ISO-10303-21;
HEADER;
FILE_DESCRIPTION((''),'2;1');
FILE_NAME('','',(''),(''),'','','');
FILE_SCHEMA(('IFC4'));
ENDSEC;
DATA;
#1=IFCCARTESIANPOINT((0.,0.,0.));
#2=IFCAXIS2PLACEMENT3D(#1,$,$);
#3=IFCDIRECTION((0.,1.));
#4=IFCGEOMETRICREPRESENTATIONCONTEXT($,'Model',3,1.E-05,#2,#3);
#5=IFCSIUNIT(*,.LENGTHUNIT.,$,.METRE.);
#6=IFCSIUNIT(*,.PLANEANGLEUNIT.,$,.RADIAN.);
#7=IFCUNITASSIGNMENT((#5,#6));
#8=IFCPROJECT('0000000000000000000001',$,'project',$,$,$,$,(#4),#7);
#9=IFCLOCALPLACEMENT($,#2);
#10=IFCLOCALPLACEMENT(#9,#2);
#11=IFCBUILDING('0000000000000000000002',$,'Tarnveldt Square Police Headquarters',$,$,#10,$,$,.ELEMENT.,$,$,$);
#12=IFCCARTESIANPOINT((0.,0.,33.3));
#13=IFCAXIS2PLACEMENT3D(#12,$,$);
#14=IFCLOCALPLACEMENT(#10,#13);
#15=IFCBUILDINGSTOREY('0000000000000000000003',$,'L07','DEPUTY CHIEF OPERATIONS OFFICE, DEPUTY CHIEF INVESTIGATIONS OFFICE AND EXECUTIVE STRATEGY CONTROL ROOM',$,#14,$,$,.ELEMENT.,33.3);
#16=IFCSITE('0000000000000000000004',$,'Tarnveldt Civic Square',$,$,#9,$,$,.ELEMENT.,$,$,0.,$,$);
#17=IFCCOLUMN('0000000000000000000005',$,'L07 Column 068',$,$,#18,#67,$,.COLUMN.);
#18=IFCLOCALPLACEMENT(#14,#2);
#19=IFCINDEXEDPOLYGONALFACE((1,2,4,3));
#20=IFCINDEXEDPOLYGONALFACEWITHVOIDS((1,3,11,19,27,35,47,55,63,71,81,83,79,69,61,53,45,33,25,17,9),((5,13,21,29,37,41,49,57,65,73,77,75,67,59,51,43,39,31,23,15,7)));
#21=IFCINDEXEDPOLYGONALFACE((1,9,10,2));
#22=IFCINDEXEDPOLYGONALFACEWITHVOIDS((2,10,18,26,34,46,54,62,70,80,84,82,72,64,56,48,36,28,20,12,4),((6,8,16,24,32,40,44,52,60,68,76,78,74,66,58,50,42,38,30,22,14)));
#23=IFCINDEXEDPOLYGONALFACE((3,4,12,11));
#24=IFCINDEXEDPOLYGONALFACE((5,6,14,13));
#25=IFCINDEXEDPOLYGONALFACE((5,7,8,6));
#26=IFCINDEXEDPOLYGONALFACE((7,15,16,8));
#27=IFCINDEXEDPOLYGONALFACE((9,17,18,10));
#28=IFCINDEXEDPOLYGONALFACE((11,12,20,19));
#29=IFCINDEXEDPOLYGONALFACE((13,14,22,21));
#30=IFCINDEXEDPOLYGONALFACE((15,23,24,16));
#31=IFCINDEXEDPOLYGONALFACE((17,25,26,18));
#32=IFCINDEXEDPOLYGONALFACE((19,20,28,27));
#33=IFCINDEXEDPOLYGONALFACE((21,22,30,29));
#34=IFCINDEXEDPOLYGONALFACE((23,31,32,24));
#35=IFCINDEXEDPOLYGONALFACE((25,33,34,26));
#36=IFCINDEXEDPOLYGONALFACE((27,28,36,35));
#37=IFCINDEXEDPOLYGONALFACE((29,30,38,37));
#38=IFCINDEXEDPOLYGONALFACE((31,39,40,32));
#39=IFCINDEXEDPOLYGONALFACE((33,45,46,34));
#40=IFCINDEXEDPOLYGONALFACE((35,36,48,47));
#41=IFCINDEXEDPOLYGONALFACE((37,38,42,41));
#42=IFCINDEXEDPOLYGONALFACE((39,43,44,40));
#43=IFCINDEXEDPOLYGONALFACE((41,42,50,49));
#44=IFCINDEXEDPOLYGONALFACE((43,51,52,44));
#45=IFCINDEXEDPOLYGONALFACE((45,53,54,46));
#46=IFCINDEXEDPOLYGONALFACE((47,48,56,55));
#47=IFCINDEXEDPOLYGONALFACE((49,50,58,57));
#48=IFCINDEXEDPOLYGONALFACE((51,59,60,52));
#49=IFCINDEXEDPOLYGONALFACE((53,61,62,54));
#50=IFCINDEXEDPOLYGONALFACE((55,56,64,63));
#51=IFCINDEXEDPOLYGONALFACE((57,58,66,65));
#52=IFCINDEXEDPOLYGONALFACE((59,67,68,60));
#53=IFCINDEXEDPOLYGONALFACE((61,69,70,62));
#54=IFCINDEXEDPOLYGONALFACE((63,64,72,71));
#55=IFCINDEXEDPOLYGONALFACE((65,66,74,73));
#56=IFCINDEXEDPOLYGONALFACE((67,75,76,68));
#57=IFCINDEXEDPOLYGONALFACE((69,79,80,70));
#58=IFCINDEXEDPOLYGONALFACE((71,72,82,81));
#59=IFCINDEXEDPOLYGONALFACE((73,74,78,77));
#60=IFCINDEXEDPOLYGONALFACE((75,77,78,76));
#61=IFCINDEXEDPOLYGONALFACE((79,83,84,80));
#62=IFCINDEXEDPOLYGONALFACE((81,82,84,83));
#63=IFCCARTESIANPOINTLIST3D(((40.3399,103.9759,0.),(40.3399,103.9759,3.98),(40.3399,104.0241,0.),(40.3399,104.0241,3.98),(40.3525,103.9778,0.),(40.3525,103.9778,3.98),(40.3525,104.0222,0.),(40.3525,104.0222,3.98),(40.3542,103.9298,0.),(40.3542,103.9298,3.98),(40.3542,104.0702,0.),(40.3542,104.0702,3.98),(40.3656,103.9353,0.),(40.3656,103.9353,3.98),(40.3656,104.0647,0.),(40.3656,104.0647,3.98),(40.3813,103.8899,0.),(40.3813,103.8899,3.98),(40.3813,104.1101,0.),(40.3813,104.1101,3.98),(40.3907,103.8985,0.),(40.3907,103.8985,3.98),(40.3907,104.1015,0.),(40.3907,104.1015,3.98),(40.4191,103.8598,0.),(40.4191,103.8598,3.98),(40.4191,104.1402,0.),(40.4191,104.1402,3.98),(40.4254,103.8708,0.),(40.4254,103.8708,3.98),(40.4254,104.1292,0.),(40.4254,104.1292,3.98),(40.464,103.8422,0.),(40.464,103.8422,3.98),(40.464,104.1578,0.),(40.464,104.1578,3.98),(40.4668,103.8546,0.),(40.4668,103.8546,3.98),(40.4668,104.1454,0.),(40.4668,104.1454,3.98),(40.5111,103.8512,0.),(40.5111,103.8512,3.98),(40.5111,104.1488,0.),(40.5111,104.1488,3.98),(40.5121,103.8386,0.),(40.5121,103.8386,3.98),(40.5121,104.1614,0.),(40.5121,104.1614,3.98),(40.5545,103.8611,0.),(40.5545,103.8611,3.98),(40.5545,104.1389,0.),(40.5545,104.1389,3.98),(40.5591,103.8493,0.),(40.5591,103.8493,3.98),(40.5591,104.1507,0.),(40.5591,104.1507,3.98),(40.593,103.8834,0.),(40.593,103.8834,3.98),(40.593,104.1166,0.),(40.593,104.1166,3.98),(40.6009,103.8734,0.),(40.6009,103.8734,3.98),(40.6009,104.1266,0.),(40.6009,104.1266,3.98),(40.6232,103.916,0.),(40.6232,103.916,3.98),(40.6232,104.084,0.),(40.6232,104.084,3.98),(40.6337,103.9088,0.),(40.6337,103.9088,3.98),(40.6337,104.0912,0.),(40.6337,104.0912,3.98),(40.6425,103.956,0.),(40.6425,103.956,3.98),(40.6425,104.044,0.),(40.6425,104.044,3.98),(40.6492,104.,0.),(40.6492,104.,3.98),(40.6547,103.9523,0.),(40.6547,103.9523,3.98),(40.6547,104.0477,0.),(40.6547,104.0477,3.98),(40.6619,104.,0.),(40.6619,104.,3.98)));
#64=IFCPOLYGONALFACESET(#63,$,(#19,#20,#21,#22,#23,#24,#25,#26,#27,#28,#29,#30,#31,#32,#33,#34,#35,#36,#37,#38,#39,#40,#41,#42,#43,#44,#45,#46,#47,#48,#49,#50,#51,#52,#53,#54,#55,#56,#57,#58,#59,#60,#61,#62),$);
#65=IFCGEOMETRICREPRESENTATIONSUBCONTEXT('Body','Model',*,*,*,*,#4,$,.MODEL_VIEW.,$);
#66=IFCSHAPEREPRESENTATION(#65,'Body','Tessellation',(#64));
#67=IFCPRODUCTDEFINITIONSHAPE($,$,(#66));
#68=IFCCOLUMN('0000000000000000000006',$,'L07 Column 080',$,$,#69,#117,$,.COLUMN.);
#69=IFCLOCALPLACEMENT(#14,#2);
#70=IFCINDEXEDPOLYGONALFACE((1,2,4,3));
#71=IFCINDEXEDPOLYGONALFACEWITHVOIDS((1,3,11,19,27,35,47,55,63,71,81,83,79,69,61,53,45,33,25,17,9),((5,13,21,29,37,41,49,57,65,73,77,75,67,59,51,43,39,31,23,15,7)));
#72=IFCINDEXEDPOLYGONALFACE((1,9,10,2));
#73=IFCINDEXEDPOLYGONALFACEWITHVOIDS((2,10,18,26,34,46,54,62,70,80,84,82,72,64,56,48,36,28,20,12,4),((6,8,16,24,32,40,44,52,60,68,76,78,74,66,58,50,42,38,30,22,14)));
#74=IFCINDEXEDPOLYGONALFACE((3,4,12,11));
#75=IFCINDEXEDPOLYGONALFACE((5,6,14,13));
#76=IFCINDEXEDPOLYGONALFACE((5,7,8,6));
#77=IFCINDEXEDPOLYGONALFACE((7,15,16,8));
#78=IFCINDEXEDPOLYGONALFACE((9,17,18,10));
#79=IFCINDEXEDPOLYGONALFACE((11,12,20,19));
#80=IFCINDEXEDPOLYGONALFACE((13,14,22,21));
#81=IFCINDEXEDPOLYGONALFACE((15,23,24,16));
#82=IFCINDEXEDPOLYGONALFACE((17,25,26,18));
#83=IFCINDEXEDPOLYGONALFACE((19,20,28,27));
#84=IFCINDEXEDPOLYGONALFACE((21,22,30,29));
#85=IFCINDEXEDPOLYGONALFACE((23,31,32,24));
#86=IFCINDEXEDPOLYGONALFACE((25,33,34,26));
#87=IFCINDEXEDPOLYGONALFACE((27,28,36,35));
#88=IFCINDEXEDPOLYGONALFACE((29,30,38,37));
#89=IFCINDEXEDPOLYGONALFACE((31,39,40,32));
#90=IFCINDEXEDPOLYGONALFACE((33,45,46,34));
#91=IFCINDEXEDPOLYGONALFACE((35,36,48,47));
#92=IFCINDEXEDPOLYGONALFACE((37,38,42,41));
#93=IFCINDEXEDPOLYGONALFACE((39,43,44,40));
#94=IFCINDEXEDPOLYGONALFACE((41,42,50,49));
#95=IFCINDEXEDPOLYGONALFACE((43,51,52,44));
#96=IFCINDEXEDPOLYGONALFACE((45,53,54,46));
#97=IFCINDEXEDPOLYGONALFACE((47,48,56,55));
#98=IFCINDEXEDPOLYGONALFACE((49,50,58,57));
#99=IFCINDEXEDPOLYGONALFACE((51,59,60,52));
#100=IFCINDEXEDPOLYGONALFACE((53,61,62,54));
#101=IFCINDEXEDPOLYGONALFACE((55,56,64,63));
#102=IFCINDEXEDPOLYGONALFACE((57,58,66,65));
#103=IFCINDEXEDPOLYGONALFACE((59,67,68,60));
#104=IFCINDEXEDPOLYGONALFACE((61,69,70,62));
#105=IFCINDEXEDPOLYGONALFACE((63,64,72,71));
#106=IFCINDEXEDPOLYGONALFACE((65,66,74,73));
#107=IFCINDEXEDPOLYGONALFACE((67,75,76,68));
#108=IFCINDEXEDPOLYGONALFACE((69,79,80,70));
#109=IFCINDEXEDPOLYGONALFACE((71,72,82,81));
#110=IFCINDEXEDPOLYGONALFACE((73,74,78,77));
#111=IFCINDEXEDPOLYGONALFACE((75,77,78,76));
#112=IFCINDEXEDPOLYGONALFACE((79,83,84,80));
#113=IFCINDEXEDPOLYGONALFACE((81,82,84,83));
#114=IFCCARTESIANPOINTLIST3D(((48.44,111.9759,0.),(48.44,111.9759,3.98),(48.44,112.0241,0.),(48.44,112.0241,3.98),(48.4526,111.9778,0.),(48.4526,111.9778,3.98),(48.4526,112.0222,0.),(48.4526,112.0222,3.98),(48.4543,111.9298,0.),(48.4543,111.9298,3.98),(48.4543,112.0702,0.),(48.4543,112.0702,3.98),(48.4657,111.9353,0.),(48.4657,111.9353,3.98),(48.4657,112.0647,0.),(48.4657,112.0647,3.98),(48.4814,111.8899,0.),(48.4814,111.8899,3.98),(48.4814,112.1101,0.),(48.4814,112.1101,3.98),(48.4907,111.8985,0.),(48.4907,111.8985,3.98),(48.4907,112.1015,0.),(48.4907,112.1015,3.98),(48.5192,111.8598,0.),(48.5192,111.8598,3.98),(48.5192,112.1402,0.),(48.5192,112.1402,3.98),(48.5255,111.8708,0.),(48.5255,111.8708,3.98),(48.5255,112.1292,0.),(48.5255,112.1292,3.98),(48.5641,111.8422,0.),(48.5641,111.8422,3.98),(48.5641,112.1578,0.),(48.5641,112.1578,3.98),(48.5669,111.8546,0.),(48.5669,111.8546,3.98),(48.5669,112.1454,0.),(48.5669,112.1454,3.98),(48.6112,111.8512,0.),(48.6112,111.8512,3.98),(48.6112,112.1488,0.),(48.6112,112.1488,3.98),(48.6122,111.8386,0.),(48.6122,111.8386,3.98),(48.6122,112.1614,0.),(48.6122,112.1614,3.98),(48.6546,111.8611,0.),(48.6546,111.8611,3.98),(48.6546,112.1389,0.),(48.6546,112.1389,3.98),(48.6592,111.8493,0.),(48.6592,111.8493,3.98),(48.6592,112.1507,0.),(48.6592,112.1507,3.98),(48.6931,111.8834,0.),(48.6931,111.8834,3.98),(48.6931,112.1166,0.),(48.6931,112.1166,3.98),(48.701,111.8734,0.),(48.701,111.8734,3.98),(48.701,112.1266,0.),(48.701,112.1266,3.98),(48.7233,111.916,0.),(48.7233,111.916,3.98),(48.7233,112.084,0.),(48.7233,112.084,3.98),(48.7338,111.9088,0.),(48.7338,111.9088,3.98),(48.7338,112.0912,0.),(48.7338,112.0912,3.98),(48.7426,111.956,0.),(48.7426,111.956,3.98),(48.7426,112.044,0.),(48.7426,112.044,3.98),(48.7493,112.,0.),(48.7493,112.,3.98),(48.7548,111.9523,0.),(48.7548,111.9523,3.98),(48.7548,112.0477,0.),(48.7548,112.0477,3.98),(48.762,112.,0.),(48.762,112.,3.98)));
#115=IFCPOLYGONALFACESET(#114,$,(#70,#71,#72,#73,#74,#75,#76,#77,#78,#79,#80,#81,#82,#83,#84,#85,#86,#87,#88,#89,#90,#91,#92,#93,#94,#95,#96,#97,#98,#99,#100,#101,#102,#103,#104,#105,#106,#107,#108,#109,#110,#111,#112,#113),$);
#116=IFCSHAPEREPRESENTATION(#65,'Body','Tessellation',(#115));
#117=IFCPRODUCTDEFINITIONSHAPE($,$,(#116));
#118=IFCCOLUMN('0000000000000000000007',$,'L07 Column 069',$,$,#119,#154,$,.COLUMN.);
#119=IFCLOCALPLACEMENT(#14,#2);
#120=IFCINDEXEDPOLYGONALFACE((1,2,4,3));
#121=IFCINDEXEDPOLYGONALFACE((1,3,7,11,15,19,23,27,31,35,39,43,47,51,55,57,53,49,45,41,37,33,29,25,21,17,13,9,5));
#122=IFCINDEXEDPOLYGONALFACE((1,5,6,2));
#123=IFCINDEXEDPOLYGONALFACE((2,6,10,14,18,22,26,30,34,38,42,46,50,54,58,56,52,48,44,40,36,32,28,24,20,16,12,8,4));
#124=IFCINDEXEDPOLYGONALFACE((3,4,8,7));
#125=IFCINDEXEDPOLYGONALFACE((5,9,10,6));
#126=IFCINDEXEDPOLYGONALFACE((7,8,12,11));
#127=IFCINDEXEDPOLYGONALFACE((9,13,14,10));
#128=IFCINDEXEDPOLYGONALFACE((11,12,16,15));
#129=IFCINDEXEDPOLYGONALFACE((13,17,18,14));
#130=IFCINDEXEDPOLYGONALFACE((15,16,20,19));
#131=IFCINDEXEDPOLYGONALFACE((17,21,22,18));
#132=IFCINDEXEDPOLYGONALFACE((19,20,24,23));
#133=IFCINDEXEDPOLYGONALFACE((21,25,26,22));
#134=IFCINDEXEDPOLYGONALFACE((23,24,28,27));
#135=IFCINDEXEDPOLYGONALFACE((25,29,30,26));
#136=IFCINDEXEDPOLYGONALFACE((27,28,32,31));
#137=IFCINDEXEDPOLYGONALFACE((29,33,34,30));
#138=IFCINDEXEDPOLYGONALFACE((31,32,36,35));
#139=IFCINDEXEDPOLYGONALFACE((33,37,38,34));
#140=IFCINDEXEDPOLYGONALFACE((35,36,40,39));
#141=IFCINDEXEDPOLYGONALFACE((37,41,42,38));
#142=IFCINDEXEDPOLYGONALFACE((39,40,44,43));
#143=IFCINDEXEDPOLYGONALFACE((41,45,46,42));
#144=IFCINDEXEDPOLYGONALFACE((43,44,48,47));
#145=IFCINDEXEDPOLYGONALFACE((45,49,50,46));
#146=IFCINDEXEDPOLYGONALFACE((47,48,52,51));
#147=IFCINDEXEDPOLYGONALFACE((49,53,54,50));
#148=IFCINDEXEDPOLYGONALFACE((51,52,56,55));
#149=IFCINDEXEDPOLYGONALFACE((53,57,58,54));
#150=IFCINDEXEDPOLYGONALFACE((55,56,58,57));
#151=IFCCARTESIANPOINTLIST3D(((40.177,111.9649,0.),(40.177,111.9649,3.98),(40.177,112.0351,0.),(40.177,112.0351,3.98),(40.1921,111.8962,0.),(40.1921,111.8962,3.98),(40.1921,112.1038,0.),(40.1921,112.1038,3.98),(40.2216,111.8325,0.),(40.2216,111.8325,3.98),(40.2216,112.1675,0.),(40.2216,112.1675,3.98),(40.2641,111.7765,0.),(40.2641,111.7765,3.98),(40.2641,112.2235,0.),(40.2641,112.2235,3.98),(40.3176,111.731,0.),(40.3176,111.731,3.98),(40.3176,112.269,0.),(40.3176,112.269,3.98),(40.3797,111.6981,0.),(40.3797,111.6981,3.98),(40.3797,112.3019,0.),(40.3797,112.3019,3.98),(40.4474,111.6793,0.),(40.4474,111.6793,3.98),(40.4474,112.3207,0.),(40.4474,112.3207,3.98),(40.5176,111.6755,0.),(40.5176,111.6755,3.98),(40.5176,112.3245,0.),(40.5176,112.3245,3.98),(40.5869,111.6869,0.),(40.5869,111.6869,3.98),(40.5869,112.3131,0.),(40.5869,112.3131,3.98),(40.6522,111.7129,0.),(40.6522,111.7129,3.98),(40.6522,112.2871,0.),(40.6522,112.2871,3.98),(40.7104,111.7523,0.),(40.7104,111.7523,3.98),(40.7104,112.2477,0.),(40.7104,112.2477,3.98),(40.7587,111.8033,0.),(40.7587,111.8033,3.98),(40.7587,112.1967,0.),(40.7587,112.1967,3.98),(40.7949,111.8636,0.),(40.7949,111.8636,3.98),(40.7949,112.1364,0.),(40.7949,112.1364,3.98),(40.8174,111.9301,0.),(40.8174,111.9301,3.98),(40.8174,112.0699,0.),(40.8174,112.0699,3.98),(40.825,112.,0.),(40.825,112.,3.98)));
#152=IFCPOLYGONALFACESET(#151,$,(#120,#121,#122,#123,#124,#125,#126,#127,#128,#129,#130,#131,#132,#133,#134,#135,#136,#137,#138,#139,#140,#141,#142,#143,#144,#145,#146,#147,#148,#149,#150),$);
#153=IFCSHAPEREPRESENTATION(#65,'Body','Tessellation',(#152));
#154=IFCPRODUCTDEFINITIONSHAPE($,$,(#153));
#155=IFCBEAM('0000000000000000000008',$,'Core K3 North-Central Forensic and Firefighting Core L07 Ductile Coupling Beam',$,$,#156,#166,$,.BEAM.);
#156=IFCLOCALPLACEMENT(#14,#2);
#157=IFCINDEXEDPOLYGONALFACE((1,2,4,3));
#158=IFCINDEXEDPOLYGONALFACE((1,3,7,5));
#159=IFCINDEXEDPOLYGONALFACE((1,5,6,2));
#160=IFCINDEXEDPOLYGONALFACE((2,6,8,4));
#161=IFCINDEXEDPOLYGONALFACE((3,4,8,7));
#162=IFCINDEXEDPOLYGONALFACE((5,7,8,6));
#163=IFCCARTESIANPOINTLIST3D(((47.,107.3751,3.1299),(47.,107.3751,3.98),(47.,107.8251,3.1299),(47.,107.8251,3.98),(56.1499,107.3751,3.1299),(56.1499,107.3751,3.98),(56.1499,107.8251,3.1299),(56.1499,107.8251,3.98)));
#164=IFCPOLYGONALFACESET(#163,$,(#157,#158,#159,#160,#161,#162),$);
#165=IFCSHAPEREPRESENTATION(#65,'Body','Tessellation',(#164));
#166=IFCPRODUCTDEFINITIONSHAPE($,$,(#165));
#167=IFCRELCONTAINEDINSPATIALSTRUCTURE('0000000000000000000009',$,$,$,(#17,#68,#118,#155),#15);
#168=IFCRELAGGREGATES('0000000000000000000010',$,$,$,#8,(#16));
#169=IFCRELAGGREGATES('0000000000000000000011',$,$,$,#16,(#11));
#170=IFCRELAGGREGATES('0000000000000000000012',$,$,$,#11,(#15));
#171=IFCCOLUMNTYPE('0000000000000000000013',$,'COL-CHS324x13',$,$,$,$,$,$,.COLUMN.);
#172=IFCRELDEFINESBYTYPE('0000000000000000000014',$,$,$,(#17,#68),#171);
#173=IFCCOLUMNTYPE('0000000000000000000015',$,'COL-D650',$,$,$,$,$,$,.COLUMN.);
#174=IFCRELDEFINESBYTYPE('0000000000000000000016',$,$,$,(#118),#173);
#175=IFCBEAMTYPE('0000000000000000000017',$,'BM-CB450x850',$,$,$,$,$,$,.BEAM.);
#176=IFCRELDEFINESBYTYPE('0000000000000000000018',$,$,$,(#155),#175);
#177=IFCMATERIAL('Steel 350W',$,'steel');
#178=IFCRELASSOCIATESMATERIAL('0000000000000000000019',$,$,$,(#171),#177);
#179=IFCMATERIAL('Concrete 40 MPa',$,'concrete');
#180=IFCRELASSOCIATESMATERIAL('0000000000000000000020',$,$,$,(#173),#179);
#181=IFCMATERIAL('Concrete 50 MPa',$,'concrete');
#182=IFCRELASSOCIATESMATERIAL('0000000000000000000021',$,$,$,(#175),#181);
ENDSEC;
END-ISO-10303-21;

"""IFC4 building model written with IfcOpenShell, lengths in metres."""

from ifc_helpers import new_model, si_unit, direction, frame, origin, origin_2d, place, context, subcontext, project, spatial, rectangle, circle, hollow_circle, extrude, material, material_profile, profile_set, type_object, element, save


model = new_model("IFC4")

# Units and contexts
model_context = context("Model", 3, precision=1e-05, world=origin(), true_north=direction((0.0, 1.0)))
body_context = subcontext(model_context, "Body", "Model", "MODEL_VIEW")
ifc_project = project(units=[si_unit("LENGTHUNIT", "METRE"), si_unit("PLANEANGLEUNIT", "RADIAN")], contexts=[model_context])

# Site, building, storey
site_placement = place(None, origin())
site = spatial("IfcSite", under=ifc_project, at=site_placement, Name="Tarnveldt Civic Square", CompositionType="ELEMENT", RefElevation=0.0)
building_placement = place(site_placement, origin())
building = spatial("IfcBuilding", under=site, at=building_placement, Name="Tarnveldt Square Police Headquarters", CompositionType="ELEMENT")
storey_placement = place(building_placement, frame((0.0, 0.0, 33.3)))
storey = spatial("IfcBuildingStorey", under=building, at=storey_placement, Name="L07", Description="DEPUTY CHIEF OPERATIONS OFFICE, DEPUTY CHIEF INVESTIGATIONS OFFICE AND EXECUTIVE STRATEGY CONTROL ROOM", CompositionType="ELEMENT", Elevation=33.3)

# Columns
ifc_material_1 = material(Name="Steel 350W", Category="steel")
ifc_material_profile_1 = material_profile(ifc_material_1, hollow_circle(Radius=0.1619, WallThickness=0.0127, at=origin_2d()), Name="HSS324x13")
ifc_profile_set_1 = profile_set([ifc_material_profile_1], Name="Steel 350W")
column_type_1 = type_object("IfcColumnType", Name="COL-CHS324x13", PredefinedType="COLUMN", material=ifc_profile_set_1)
for number, where, z_axis, x_axis, name in (
    (1, (40.5, 104.0, 0.0), (0.0, 0.0, 1.0), (1.0, 0.0, 0.0), "L07 Column 068"),
    (2, (48.6001, 112.0, 0.0), (0.0, 0.0, 1.0), (1.0, 0.0, 0.0), "L07 Column 080"),
):
    element("IfcColumn", number, at=place(storey_placement, frame(where, z_axis=z_axis, x_axis=x_axis)), inside=storey, type_object=column_type_1, Name=name, PredefinedType="COLUMN", context=body_context, shape_type="SweptSolid", body=[
        extrude(hollow_circle(Radius=0.1619, WallThickness=0.0127, at=origin_2d()), origin(), (0.0, 0.0, 1.0), 3.98),
    ])
ifc_material_2 = material(Name="Concrete 40 MPa", Category="concrete")
ifc_material_profile_2 = material_profile(ifc_material_2, circle(Radius=0.325, at=origin_2d()), Name="RC-D650")
ifc_profile_set_2 = profile_set([ifc_material_profile_2], Name="Concrete 40 MPa")
column_type_2 = type_object("IfcColumnType", Name="COL-D650", PredefinedType="COLUMN", material=ifc_profile_set_2)
column_placement = place(storey_placement, frame((40.5, 112.0, 0.0), z_axis=(0.0, 0.0, 1.0), x_axis=(1.0, 0.0, 0.0)))
element("IfcColumn", 3, at=column_placement, inside=storey, type_object=column_type_2, Name="L07 Column 069", PredefinedType="COLUMN", context=body_context, shape_type="SweptSolid", body=[
    extrude(circle(Radius=0.325, at=origin_2d()), origin(), (0.0, 0.0, 1.0), 3.98),
])

# Beam
ifc_material_3 = material(Name="Concrete 50 MPa", Category="concrete")
ifc_material_profile_3 = material_profile(ifc_material_3, rectangle(XDim=0.45, YDim=0.8501, at=origin_2d()), Name="RC-CB450x850")
ifc_profile_set_3 = profile_set([ifc_material_profile_3], Name="Concrete 50 MPa")
beam_type_1 = type_object("IfcBeamType", Name="BM-CB450x850", PredefinedType="BEAM", material=ifc_profile_set_3)
beam_1_placement = place(storey_placement, frame((47.0, 107.6001, 3.5549), z_axis=(1.0, 0.0, 0.0), x_axis=(0.0, 1.0, 0.0)))
element("IfcBeam", 4, at=beam_1_placement, inside=storey, type_object=beam_type_1, Name="Core K3 North-Central Forensic and Firefighting Core L07 Ductile Coupling Beam", PredefinedType="BEAM", context=body_context, shape_type="SweptSolid", body=[
    extrude(rectangle(XDim=0.45, YDim=0.8501, at=origin_2d()), origin(), (0.0, 0.0, 1.0), 9.1499),
])

save(model, "model.ifc")
